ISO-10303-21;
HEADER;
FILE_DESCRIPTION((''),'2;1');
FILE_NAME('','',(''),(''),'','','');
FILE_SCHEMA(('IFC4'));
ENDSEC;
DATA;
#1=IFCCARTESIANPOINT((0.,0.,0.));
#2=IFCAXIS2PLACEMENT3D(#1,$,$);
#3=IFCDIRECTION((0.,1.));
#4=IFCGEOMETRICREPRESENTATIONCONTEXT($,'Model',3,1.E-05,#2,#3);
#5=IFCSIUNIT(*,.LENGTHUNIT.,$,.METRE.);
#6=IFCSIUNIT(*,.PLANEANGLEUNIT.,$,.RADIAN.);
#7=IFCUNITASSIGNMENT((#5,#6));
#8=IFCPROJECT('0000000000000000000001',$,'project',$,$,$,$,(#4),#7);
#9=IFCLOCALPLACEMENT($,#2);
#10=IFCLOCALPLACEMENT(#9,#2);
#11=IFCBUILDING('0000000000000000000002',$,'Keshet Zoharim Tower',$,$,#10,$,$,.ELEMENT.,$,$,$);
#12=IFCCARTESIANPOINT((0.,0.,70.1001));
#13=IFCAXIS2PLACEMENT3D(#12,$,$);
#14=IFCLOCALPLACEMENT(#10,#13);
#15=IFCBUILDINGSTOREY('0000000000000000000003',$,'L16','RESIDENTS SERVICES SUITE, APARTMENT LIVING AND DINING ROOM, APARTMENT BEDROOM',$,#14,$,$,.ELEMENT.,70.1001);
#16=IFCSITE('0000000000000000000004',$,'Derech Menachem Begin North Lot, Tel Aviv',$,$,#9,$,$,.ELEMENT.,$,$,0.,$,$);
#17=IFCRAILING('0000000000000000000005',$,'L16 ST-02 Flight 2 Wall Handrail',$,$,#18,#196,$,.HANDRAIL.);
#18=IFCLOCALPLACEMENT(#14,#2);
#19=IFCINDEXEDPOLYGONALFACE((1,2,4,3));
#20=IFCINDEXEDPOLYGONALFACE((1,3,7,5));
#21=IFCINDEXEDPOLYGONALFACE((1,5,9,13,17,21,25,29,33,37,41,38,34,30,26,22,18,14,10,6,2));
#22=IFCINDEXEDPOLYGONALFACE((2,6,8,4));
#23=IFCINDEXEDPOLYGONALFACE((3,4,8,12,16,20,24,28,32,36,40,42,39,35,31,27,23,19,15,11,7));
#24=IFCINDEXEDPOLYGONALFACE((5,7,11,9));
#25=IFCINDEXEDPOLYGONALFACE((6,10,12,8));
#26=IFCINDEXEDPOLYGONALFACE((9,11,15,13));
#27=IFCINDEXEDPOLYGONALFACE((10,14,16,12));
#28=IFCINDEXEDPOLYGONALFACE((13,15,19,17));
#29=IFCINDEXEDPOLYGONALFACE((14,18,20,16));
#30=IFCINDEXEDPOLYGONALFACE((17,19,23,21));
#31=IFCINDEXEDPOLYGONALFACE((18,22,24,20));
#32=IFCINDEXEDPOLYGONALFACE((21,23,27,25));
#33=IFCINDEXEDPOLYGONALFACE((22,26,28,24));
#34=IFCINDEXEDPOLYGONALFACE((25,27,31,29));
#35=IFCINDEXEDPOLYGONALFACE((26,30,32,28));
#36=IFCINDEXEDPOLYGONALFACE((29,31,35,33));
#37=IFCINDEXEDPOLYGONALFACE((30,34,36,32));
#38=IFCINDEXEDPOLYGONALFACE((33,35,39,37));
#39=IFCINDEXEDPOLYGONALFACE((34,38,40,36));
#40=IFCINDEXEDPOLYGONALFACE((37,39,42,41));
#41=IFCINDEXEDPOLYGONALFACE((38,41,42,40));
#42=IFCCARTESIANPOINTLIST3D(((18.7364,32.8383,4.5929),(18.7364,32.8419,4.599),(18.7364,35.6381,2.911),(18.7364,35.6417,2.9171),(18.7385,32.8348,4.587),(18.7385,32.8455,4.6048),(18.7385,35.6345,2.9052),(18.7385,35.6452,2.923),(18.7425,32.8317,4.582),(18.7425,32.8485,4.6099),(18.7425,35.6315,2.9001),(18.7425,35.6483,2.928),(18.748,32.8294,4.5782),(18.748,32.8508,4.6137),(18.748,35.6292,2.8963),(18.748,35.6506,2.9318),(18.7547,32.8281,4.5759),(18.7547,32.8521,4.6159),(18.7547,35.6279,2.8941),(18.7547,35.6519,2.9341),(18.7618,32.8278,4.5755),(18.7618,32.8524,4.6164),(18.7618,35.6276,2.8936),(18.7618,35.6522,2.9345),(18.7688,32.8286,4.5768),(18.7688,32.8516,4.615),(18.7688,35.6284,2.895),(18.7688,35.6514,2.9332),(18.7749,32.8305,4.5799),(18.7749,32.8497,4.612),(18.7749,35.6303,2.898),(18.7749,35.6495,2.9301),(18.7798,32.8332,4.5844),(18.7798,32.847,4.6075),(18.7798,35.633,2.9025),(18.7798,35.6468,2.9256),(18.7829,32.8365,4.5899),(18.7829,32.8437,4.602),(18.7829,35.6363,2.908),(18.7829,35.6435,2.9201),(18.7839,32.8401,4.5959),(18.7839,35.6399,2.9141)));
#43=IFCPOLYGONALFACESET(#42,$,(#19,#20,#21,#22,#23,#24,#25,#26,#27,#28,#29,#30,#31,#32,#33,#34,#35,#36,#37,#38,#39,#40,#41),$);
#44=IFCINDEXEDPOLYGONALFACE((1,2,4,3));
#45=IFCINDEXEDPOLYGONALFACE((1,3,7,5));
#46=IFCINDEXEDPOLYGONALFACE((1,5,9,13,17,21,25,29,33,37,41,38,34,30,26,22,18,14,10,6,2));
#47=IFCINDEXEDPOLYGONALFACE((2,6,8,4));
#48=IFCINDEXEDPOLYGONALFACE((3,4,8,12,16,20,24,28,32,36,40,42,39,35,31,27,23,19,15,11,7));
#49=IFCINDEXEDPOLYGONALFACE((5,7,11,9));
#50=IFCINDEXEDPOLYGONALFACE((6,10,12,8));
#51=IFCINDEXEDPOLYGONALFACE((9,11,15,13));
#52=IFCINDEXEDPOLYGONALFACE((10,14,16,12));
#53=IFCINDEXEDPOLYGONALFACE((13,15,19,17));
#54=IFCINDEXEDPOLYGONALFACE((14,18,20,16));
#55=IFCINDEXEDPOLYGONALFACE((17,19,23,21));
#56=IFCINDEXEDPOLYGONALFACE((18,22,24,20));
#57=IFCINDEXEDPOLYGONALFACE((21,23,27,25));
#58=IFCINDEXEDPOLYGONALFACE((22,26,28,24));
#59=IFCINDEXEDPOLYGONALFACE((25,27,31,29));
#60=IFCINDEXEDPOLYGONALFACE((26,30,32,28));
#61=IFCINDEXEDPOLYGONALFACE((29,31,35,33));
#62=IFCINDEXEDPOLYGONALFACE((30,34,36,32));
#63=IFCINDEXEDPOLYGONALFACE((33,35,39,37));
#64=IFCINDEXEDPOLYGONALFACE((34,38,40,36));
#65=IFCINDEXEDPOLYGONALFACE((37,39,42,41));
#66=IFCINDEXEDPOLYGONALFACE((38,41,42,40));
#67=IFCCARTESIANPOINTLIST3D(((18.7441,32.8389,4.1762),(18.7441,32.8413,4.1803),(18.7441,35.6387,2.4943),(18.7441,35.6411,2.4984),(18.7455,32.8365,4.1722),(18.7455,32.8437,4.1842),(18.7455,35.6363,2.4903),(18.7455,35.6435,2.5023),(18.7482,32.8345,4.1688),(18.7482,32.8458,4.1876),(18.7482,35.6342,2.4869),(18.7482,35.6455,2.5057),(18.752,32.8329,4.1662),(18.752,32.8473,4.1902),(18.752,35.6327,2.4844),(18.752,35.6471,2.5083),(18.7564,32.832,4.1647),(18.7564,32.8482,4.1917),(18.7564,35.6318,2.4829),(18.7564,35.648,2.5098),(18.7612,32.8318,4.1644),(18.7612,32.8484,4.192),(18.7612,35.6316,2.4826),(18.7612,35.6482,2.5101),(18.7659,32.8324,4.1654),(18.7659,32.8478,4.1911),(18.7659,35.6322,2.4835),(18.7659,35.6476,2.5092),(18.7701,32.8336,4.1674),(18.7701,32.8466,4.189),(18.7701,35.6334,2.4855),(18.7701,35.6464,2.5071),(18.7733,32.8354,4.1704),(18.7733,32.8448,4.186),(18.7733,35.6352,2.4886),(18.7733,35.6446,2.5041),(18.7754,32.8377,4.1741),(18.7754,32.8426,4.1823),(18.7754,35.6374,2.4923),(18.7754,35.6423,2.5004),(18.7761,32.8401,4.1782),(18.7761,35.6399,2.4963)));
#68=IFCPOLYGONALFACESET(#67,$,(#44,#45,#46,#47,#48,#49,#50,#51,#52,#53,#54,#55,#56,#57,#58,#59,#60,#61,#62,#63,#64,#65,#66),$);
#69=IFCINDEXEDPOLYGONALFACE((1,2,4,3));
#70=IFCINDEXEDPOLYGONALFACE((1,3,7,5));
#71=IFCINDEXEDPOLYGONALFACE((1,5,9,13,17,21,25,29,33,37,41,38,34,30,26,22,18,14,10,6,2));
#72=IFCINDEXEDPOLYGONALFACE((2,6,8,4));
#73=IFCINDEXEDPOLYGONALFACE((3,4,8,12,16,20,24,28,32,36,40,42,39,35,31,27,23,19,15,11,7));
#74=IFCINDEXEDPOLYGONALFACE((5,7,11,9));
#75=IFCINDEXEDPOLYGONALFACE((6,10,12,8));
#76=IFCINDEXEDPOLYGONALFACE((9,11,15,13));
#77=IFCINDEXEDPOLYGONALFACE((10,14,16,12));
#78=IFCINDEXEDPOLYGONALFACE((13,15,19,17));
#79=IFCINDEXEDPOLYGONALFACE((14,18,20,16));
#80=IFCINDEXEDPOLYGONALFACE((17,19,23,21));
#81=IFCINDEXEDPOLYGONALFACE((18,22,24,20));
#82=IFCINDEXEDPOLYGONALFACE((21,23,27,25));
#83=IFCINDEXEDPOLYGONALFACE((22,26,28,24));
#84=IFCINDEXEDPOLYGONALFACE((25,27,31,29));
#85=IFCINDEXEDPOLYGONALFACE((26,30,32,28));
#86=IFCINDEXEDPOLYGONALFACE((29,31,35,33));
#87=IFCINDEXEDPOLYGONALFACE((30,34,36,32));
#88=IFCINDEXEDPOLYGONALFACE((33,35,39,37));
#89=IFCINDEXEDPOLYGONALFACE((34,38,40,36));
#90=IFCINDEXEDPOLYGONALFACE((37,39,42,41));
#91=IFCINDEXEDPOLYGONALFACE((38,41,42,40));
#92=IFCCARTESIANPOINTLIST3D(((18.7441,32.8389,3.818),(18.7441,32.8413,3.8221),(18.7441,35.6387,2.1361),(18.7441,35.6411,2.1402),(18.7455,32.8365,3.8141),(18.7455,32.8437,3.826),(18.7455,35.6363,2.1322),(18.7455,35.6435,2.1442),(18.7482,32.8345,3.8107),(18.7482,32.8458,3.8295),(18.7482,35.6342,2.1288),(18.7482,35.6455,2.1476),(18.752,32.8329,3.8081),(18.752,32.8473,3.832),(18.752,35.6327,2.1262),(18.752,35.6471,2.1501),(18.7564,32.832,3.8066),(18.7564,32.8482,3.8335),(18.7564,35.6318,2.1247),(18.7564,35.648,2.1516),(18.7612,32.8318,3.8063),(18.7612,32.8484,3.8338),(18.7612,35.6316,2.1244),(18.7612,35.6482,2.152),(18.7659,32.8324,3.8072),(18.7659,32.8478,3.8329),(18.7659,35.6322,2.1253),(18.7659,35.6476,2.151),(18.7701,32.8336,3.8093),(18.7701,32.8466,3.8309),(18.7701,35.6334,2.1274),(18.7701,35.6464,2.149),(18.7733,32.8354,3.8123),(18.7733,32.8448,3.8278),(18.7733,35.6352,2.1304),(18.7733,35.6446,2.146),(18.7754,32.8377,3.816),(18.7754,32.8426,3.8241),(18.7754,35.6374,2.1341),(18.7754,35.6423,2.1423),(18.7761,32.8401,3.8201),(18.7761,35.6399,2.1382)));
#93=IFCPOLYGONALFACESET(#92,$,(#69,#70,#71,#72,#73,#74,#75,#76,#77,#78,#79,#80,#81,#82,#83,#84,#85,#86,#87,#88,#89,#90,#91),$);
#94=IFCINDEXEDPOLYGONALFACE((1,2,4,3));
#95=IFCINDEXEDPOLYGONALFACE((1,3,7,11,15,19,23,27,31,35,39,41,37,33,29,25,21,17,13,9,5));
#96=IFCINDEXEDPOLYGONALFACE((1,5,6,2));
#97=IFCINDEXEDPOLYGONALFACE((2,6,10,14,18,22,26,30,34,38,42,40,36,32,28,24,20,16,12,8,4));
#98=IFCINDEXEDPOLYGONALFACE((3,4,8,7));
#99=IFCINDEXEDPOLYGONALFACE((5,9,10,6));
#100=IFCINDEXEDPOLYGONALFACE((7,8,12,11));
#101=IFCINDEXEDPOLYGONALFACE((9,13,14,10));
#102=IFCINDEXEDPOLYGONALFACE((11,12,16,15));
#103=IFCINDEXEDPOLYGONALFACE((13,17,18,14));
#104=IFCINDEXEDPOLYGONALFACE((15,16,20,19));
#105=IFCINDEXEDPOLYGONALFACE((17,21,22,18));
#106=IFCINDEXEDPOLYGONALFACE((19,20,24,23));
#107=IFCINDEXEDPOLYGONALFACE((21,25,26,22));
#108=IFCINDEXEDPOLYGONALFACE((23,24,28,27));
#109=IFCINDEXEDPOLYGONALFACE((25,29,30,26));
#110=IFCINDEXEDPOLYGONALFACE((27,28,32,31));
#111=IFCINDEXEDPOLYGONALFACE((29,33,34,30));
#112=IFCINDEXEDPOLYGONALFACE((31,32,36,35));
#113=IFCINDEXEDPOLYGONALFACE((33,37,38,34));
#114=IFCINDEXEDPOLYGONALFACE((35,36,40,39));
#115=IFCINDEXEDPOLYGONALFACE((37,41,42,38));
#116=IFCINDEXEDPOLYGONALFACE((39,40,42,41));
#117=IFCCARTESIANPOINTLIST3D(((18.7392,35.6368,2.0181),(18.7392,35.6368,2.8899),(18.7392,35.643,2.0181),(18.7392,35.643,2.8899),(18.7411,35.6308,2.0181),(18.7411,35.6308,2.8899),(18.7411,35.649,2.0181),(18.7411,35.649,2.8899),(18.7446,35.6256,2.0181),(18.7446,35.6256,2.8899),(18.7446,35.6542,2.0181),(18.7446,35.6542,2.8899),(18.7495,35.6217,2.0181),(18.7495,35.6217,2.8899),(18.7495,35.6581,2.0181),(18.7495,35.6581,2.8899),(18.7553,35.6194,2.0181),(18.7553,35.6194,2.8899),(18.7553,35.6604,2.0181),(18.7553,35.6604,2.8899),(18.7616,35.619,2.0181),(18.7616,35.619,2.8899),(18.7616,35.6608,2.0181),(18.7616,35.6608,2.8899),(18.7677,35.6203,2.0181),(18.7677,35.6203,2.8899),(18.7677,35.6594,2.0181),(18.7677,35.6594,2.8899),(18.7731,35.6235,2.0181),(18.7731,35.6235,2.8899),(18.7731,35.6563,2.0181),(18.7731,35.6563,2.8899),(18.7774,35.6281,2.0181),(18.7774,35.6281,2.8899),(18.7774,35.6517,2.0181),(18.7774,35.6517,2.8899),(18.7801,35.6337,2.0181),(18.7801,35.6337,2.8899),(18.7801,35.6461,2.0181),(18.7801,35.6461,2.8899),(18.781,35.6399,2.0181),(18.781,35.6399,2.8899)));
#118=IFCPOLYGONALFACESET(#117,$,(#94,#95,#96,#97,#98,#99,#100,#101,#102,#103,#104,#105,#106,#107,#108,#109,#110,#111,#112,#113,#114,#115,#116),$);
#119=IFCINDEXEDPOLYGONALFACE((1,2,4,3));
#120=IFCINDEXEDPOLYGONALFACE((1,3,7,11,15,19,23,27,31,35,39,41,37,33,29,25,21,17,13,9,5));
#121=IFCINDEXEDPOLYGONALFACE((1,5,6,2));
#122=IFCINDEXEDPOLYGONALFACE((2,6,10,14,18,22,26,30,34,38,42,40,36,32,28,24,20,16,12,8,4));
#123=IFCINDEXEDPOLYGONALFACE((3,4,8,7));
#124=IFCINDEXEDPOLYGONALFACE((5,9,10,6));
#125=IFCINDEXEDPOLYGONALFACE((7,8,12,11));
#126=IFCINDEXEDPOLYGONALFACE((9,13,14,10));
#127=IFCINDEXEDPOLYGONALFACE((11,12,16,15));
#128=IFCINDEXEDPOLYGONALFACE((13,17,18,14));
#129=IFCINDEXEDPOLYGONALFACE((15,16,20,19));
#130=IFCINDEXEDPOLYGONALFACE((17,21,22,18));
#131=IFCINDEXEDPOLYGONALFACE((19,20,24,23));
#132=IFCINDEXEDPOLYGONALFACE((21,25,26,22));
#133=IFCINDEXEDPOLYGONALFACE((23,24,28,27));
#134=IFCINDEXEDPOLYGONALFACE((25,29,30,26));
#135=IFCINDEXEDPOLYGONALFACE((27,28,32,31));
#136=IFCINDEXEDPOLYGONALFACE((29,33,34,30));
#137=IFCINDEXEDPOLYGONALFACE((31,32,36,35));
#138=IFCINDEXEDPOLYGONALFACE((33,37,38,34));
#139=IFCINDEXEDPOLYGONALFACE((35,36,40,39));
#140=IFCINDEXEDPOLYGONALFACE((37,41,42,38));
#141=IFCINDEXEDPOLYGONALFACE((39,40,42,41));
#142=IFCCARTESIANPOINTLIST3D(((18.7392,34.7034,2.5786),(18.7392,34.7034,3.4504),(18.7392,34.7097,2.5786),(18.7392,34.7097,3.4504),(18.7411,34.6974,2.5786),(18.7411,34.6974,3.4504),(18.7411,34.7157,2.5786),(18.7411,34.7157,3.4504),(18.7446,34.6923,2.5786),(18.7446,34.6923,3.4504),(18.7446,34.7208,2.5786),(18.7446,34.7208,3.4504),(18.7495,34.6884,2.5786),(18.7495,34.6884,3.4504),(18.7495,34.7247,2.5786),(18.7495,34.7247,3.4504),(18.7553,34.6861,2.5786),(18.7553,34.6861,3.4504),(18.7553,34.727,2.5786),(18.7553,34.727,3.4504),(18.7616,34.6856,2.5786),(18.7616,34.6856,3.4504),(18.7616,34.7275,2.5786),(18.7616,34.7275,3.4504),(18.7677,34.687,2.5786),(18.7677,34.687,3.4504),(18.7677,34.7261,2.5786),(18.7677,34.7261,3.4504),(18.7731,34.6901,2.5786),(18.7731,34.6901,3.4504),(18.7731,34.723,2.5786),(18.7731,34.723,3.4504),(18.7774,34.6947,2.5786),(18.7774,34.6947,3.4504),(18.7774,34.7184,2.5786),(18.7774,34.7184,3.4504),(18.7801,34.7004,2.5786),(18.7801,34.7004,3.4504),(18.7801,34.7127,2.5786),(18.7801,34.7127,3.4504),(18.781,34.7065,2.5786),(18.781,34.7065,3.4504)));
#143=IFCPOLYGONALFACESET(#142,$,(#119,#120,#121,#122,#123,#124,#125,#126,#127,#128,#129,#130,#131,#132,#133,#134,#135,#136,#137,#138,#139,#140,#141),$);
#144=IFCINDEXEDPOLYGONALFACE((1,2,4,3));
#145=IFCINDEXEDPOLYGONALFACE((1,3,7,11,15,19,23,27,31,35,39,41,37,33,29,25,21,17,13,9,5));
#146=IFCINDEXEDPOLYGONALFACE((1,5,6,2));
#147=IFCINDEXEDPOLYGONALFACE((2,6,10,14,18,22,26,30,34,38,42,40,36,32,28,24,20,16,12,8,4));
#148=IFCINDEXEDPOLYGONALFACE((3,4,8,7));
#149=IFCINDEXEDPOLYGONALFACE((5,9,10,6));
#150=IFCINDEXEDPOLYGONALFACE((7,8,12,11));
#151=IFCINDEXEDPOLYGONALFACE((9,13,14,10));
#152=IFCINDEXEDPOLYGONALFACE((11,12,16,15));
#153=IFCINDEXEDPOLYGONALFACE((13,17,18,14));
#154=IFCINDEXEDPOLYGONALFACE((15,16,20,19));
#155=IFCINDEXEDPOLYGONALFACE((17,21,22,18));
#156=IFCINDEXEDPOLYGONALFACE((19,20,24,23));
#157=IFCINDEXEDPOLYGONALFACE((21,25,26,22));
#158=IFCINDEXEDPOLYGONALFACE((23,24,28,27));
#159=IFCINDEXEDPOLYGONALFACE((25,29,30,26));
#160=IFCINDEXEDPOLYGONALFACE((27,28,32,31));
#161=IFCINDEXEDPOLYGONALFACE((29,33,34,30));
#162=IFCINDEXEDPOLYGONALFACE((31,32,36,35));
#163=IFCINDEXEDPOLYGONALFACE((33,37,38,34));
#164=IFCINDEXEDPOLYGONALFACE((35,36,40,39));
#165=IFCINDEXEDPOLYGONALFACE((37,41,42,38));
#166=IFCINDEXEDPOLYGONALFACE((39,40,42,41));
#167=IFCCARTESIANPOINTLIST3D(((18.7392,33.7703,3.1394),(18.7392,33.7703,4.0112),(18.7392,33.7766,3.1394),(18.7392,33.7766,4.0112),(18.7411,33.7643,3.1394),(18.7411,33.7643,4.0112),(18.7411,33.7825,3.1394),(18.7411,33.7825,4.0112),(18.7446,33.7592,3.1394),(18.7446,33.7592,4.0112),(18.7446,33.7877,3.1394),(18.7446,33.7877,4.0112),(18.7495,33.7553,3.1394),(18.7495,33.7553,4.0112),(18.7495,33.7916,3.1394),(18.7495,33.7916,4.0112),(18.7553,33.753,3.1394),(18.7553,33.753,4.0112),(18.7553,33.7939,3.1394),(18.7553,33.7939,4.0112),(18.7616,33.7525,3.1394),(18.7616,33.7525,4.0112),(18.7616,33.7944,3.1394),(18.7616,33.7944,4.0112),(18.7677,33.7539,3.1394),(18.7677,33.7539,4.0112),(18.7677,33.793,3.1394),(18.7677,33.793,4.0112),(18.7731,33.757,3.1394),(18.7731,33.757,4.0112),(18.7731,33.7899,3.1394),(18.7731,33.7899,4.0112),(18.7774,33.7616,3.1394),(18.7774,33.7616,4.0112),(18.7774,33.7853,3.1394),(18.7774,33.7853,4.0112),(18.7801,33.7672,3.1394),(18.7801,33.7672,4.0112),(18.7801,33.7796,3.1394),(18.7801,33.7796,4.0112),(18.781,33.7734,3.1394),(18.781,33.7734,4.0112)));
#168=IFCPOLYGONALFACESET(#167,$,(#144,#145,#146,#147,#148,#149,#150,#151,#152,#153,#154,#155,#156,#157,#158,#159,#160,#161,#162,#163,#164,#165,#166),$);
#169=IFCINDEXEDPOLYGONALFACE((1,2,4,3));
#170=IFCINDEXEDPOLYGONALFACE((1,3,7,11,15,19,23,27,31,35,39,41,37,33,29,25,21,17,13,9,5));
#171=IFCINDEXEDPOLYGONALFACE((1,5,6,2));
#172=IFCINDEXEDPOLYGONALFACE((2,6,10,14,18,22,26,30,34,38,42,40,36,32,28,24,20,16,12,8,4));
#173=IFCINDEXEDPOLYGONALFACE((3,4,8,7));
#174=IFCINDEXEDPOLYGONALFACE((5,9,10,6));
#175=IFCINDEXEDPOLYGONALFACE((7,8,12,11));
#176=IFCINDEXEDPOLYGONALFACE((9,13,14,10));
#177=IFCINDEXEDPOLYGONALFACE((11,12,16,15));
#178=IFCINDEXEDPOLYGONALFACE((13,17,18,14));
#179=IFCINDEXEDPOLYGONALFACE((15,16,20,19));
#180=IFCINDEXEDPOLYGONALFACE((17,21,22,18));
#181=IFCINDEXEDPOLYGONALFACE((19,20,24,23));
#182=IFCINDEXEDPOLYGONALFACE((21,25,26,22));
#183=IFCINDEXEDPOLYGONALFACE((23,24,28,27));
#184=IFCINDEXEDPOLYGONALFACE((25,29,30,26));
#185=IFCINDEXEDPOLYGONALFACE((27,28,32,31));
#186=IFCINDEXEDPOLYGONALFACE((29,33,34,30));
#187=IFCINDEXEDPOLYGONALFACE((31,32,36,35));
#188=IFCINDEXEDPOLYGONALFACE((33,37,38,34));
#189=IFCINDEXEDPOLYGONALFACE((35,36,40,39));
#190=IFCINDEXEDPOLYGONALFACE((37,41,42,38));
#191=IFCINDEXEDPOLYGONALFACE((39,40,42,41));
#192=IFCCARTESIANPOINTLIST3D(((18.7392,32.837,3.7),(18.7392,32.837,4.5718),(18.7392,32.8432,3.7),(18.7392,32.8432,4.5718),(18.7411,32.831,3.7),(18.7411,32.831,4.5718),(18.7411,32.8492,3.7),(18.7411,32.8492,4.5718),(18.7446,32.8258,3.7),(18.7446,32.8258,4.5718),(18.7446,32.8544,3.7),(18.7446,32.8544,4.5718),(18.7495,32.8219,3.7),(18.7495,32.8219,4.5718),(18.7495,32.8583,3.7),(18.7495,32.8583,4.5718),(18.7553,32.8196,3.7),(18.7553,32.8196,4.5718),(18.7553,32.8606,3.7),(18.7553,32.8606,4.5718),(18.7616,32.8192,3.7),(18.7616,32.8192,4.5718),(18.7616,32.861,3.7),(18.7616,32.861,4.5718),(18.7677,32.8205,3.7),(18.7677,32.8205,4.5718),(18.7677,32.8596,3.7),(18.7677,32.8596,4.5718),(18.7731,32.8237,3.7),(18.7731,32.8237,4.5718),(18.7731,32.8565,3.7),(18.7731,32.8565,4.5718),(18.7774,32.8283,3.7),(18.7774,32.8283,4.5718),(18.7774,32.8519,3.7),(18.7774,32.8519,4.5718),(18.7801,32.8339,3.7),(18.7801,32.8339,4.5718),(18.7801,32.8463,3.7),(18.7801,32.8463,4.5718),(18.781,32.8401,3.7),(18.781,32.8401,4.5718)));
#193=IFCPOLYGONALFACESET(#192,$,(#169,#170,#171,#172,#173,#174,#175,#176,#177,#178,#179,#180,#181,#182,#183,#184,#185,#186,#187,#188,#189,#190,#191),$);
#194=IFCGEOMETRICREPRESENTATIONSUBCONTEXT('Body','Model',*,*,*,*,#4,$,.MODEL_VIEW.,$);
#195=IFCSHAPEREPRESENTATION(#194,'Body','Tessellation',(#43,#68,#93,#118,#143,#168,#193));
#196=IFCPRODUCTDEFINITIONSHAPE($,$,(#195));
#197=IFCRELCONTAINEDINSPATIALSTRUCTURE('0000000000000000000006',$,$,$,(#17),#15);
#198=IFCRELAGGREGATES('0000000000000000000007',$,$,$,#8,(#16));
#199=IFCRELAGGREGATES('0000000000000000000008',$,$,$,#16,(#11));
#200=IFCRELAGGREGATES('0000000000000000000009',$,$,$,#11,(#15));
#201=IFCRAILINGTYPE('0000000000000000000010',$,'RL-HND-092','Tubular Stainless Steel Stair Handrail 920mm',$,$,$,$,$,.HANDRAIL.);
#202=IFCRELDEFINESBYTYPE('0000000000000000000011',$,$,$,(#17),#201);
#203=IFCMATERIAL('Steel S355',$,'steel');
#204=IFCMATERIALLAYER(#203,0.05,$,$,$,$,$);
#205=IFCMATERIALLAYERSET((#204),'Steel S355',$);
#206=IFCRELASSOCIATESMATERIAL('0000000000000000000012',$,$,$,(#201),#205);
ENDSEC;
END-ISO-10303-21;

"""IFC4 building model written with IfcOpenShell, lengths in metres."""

from ifc_helpers import new_model, si_unit, direction, frame, origin, origin_2d, place, context, subcontext, project, spatial, circle, extrude, material, layer, layer_set, type_object, element, save


model = new_model("IFC4")

# Units and contexts
model_context = context("Model", 3, precision=1e-05, world=origin(), true_north=direction((0.0, 1.0)))
body_context = subcontext(model_context, "Body", "Model", "MODEL_VIEW")
ifc_project = project(units=[si_unit("LENGTHUNIT", "METRE"), si_unit("PLANEANGLEUNIT", "RADIAN")], contexts=[model_context])

# Site, building, storey
site_placement = place(None, origin())
site = spatial("IfcSite", under=ifc_project, at=site_placement, Name="Derech Menachem Begin North Lot, Tel Aviv", CompositionType="ELEMENT", RefElevation=0.0)
building_placement = place(site_placement, origin())
building = spatial("IfcBuilding", under=site, at=building_placement, Name="Keshet Zoharim Tower", CompositionType="ELEMENT")
storey_placement = place(building_placement, frame((0.0, 0.0, 70.1001)))
storey = spatial("IfcBuildingStorey", under=building, at=storey_placement, Name="L16", Description="RESIDENTS SERVICES SUITE, APARTMENT LIVING AND DINING ROOM, APARTMENT BEDROOM", CompositionType="ELEMENT", Elevation=70.1001)

# Shared definitions
ifc_material_1 = material(Name="Steel S355", Category="steel")

# Railing
ifc_layer_1 = layer(ifc_material_1, 0.05)
ifc_layer_set_1 = layer_set([ifc_layer_1], Name="Steel S355")
railing_type_1 = type_object("IfcRailingType", Name="RL-HND-092", Description="Tubular Stainless Steel Stair Handrail 920mm", PredefinedType="HANDRAIL", material=ifc_layer_set_1)
railing_1_placement = place(storey_placement, frame((18.76, 35.6399, 2.0181)))
element("IfcRailing", 1, at=railing_1_placement, inside=storey, type_object=railing_type_1, Name="L16 ST-02 Flight 2 Wall Handrail", PredefinedType="HANDRAIL", context=body_context, shape_type="SweptSolid", body=[
    extrude(circle(Radius=0.0239, at=origin_2d()), frame((0.0, 0.0, 0.896), z_axis=(0.0, -0.857222, 0.514946), x_axis=(1.0, 0.0, 0.0)), (0.0, 0.0, 1.0), 3.2661),
    extrude(circle(Radius=0.0161, at=origin_2d()), frame((0.0, 0.0, 0.4783), z_axis=(0.0, -0.857222, 0.514946), x_axis=(1.0, 0.0, 0.0)), (0.0, 0.0, 1.0), 3.2661),
    extrude(circle(Radius=0.0161, at=origin_2d()), frame((0.0, 0.0, 0.1201), z_axis=(0.0, -0.857222, 0.514946), x_axis=(1.0, 0.0, 0.0)), (0.0, 0.0, 1.0), 3.2661),
    extrude(circle(Radius=0.021, at=origin_2d()), origin(), (0.0, 0.0, 1.0), 0.8718),
    extrude(circle(Radius=0.021, at=origin_2d()), frame((0.0, -0.9333, 0.5605)), (0.0, 0.0, 1.0), 0.8718),
    extrude(circle(Radius=0.021, at=origin_2d()), frame((0.0, -1.8665, 1.1213)), (0.0, 0.0, 1.0), 0.8718),
    extrude(circle(Radius=0.021, at=origin_2d()), frame((0.0, -2.7998, 1.6819)), (0.0, 0.0, 1.0), 0.8718),
])

save(model, "model.ifc")
